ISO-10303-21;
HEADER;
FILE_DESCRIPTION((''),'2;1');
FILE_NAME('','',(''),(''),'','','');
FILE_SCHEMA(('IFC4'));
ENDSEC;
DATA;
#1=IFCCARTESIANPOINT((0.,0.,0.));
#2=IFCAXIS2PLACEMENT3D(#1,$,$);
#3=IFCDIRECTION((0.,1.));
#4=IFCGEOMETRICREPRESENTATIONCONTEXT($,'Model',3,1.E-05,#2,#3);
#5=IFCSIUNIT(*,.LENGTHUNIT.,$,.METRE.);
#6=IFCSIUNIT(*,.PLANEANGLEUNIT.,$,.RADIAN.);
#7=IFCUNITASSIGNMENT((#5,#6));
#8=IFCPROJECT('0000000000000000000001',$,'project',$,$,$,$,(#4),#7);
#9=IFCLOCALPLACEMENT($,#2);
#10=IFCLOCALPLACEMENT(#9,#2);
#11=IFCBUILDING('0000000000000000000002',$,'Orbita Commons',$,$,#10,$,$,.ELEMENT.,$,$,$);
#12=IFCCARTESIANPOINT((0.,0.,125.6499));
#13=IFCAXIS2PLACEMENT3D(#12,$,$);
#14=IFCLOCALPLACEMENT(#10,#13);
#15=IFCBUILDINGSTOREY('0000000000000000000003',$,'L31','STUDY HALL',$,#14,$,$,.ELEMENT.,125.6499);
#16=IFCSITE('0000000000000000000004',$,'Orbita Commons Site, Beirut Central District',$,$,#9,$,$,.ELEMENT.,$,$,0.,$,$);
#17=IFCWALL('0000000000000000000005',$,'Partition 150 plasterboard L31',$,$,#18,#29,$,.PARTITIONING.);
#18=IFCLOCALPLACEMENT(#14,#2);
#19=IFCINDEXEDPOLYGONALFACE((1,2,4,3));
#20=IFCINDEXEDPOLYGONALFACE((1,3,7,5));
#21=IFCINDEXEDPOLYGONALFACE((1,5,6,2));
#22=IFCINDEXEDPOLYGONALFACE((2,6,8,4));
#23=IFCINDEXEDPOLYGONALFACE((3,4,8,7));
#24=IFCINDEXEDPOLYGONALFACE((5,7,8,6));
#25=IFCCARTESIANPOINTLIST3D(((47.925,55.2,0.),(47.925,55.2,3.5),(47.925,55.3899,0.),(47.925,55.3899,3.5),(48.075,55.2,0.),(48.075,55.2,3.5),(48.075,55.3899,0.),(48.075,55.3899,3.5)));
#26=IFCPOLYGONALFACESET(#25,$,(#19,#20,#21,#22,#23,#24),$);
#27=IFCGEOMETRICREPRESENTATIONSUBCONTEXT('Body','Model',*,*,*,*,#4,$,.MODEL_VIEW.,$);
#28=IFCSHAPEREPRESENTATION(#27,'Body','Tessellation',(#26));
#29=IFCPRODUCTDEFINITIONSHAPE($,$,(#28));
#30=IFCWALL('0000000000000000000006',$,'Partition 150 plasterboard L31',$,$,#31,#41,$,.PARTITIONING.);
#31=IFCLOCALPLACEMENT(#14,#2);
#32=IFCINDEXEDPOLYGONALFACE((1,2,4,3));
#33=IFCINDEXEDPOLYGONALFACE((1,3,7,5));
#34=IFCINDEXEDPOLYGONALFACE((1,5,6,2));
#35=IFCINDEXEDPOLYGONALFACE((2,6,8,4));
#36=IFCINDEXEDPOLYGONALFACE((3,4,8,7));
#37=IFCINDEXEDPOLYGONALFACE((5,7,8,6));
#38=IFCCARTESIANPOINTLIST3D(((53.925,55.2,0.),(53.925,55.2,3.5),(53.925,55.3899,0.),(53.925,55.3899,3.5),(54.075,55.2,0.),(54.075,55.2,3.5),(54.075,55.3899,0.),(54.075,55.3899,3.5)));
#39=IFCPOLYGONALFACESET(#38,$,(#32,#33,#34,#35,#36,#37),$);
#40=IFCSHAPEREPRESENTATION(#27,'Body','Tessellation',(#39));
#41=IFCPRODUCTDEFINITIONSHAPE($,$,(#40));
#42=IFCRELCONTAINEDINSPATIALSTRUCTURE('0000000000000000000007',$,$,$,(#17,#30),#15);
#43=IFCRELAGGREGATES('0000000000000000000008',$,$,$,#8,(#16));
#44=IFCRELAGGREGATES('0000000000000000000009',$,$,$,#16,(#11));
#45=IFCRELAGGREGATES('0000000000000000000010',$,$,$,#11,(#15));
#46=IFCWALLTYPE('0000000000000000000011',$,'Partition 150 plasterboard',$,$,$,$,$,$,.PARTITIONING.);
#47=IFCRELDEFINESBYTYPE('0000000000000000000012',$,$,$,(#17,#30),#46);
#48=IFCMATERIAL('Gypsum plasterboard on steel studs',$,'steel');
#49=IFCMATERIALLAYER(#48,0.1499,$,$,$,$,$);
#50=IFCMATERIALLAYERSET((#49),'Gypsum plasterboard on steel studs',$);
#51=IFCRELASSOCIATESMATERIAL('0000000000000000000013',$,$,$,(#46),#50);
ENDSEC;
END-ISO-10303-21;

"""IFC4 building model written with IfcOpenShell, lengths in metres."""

from ifc_helpers import new_model, si_unit, direction, frame, frame_2d, origin, place, context, subcontext, project, spatial, rectangle, extrude, material, layer, layer_set, type_object, element, save


model = new_model("IFC4")

# Units and contexts
model_context = context("Model", 3, precision=1e-05, world=origin(), true_north=direction((0.0, 1.0)))
body_context = subcontext(model_context, "Body", "Model", "MODEL_VIEW")
ifc_project = project(units=[si_unit("LENGTHUNIT", "METRE"), si_unit("PLANEANGLEUNIT", "RADIAN")], contexts=[model_context])

# Site, building, storey
site_placement = place(None, origin())
site = spatial("IfcSite", under=ifc_project, at=site_placement, Name="Orbita Commons Site, Beirut Central District", CompositionType="ELEMENT", RefElevation=0.0)
building_placement = place(site_placement, origin())
building = spatial("IfcBuilding", under=site, at=building_placement, Name="Orbita Commons", CompositionType="ELEMENT")
storey_placement = place(building_placement, frame((0.0, 0.0, 125.6499)))
storey = spatial("IfcBuildingStorey", under=building, at=storey_placement, Name="L31", Description="STUDY HALL", CompositionType="ELEMENT", Elevation=125.6499)

# Walls
ifc_material_1 = material(Name="Gypsum plasterboard on steel studs", Category="steel")
ifc_layer_1 = layer(ifc_material_1, 0.1499)
ifc_layer_set_1 = layer_set([ifc_layer_1], Name="Gypsum plasterboard on steel studs")
wall_type = type_object("IfcWallType", Name="Partition 150 plasterboard", PredefinedType="PARTITIONING", material=ifc_layer_set_1)
for number, where, z_axis, x_axis, name in (
    (1, (48.0, 55.2, 0.0), (0.0, 0.0, 1.0), (0.0, 1.0, 0.0), "Partition 150 plasterboard L31"),
    (2, (54.0, 55.2, 0.0), (0.0, 0.0, 1.0), (0.0, 1.0, 0.0), "Partition 150 plasterboard L31"),
):
    element("IfcWall", number, at=place(storey_placement, frame(where, z_axis=z_axis, x_axis=x_axis)), inside=storey, type_object=wall_type, Name=name, PredefinedType="PARTITIONING", context=body_context, shape_type="SweptSolid", body=[
        extrude(rectangle(XDim=0.1899, YDim=0.1499, at=frame_2d((0.095, 0.0))), origin(), (0.0, 0.0, 1.0), 3.5),
    ])

save(model, "model.ifc")
